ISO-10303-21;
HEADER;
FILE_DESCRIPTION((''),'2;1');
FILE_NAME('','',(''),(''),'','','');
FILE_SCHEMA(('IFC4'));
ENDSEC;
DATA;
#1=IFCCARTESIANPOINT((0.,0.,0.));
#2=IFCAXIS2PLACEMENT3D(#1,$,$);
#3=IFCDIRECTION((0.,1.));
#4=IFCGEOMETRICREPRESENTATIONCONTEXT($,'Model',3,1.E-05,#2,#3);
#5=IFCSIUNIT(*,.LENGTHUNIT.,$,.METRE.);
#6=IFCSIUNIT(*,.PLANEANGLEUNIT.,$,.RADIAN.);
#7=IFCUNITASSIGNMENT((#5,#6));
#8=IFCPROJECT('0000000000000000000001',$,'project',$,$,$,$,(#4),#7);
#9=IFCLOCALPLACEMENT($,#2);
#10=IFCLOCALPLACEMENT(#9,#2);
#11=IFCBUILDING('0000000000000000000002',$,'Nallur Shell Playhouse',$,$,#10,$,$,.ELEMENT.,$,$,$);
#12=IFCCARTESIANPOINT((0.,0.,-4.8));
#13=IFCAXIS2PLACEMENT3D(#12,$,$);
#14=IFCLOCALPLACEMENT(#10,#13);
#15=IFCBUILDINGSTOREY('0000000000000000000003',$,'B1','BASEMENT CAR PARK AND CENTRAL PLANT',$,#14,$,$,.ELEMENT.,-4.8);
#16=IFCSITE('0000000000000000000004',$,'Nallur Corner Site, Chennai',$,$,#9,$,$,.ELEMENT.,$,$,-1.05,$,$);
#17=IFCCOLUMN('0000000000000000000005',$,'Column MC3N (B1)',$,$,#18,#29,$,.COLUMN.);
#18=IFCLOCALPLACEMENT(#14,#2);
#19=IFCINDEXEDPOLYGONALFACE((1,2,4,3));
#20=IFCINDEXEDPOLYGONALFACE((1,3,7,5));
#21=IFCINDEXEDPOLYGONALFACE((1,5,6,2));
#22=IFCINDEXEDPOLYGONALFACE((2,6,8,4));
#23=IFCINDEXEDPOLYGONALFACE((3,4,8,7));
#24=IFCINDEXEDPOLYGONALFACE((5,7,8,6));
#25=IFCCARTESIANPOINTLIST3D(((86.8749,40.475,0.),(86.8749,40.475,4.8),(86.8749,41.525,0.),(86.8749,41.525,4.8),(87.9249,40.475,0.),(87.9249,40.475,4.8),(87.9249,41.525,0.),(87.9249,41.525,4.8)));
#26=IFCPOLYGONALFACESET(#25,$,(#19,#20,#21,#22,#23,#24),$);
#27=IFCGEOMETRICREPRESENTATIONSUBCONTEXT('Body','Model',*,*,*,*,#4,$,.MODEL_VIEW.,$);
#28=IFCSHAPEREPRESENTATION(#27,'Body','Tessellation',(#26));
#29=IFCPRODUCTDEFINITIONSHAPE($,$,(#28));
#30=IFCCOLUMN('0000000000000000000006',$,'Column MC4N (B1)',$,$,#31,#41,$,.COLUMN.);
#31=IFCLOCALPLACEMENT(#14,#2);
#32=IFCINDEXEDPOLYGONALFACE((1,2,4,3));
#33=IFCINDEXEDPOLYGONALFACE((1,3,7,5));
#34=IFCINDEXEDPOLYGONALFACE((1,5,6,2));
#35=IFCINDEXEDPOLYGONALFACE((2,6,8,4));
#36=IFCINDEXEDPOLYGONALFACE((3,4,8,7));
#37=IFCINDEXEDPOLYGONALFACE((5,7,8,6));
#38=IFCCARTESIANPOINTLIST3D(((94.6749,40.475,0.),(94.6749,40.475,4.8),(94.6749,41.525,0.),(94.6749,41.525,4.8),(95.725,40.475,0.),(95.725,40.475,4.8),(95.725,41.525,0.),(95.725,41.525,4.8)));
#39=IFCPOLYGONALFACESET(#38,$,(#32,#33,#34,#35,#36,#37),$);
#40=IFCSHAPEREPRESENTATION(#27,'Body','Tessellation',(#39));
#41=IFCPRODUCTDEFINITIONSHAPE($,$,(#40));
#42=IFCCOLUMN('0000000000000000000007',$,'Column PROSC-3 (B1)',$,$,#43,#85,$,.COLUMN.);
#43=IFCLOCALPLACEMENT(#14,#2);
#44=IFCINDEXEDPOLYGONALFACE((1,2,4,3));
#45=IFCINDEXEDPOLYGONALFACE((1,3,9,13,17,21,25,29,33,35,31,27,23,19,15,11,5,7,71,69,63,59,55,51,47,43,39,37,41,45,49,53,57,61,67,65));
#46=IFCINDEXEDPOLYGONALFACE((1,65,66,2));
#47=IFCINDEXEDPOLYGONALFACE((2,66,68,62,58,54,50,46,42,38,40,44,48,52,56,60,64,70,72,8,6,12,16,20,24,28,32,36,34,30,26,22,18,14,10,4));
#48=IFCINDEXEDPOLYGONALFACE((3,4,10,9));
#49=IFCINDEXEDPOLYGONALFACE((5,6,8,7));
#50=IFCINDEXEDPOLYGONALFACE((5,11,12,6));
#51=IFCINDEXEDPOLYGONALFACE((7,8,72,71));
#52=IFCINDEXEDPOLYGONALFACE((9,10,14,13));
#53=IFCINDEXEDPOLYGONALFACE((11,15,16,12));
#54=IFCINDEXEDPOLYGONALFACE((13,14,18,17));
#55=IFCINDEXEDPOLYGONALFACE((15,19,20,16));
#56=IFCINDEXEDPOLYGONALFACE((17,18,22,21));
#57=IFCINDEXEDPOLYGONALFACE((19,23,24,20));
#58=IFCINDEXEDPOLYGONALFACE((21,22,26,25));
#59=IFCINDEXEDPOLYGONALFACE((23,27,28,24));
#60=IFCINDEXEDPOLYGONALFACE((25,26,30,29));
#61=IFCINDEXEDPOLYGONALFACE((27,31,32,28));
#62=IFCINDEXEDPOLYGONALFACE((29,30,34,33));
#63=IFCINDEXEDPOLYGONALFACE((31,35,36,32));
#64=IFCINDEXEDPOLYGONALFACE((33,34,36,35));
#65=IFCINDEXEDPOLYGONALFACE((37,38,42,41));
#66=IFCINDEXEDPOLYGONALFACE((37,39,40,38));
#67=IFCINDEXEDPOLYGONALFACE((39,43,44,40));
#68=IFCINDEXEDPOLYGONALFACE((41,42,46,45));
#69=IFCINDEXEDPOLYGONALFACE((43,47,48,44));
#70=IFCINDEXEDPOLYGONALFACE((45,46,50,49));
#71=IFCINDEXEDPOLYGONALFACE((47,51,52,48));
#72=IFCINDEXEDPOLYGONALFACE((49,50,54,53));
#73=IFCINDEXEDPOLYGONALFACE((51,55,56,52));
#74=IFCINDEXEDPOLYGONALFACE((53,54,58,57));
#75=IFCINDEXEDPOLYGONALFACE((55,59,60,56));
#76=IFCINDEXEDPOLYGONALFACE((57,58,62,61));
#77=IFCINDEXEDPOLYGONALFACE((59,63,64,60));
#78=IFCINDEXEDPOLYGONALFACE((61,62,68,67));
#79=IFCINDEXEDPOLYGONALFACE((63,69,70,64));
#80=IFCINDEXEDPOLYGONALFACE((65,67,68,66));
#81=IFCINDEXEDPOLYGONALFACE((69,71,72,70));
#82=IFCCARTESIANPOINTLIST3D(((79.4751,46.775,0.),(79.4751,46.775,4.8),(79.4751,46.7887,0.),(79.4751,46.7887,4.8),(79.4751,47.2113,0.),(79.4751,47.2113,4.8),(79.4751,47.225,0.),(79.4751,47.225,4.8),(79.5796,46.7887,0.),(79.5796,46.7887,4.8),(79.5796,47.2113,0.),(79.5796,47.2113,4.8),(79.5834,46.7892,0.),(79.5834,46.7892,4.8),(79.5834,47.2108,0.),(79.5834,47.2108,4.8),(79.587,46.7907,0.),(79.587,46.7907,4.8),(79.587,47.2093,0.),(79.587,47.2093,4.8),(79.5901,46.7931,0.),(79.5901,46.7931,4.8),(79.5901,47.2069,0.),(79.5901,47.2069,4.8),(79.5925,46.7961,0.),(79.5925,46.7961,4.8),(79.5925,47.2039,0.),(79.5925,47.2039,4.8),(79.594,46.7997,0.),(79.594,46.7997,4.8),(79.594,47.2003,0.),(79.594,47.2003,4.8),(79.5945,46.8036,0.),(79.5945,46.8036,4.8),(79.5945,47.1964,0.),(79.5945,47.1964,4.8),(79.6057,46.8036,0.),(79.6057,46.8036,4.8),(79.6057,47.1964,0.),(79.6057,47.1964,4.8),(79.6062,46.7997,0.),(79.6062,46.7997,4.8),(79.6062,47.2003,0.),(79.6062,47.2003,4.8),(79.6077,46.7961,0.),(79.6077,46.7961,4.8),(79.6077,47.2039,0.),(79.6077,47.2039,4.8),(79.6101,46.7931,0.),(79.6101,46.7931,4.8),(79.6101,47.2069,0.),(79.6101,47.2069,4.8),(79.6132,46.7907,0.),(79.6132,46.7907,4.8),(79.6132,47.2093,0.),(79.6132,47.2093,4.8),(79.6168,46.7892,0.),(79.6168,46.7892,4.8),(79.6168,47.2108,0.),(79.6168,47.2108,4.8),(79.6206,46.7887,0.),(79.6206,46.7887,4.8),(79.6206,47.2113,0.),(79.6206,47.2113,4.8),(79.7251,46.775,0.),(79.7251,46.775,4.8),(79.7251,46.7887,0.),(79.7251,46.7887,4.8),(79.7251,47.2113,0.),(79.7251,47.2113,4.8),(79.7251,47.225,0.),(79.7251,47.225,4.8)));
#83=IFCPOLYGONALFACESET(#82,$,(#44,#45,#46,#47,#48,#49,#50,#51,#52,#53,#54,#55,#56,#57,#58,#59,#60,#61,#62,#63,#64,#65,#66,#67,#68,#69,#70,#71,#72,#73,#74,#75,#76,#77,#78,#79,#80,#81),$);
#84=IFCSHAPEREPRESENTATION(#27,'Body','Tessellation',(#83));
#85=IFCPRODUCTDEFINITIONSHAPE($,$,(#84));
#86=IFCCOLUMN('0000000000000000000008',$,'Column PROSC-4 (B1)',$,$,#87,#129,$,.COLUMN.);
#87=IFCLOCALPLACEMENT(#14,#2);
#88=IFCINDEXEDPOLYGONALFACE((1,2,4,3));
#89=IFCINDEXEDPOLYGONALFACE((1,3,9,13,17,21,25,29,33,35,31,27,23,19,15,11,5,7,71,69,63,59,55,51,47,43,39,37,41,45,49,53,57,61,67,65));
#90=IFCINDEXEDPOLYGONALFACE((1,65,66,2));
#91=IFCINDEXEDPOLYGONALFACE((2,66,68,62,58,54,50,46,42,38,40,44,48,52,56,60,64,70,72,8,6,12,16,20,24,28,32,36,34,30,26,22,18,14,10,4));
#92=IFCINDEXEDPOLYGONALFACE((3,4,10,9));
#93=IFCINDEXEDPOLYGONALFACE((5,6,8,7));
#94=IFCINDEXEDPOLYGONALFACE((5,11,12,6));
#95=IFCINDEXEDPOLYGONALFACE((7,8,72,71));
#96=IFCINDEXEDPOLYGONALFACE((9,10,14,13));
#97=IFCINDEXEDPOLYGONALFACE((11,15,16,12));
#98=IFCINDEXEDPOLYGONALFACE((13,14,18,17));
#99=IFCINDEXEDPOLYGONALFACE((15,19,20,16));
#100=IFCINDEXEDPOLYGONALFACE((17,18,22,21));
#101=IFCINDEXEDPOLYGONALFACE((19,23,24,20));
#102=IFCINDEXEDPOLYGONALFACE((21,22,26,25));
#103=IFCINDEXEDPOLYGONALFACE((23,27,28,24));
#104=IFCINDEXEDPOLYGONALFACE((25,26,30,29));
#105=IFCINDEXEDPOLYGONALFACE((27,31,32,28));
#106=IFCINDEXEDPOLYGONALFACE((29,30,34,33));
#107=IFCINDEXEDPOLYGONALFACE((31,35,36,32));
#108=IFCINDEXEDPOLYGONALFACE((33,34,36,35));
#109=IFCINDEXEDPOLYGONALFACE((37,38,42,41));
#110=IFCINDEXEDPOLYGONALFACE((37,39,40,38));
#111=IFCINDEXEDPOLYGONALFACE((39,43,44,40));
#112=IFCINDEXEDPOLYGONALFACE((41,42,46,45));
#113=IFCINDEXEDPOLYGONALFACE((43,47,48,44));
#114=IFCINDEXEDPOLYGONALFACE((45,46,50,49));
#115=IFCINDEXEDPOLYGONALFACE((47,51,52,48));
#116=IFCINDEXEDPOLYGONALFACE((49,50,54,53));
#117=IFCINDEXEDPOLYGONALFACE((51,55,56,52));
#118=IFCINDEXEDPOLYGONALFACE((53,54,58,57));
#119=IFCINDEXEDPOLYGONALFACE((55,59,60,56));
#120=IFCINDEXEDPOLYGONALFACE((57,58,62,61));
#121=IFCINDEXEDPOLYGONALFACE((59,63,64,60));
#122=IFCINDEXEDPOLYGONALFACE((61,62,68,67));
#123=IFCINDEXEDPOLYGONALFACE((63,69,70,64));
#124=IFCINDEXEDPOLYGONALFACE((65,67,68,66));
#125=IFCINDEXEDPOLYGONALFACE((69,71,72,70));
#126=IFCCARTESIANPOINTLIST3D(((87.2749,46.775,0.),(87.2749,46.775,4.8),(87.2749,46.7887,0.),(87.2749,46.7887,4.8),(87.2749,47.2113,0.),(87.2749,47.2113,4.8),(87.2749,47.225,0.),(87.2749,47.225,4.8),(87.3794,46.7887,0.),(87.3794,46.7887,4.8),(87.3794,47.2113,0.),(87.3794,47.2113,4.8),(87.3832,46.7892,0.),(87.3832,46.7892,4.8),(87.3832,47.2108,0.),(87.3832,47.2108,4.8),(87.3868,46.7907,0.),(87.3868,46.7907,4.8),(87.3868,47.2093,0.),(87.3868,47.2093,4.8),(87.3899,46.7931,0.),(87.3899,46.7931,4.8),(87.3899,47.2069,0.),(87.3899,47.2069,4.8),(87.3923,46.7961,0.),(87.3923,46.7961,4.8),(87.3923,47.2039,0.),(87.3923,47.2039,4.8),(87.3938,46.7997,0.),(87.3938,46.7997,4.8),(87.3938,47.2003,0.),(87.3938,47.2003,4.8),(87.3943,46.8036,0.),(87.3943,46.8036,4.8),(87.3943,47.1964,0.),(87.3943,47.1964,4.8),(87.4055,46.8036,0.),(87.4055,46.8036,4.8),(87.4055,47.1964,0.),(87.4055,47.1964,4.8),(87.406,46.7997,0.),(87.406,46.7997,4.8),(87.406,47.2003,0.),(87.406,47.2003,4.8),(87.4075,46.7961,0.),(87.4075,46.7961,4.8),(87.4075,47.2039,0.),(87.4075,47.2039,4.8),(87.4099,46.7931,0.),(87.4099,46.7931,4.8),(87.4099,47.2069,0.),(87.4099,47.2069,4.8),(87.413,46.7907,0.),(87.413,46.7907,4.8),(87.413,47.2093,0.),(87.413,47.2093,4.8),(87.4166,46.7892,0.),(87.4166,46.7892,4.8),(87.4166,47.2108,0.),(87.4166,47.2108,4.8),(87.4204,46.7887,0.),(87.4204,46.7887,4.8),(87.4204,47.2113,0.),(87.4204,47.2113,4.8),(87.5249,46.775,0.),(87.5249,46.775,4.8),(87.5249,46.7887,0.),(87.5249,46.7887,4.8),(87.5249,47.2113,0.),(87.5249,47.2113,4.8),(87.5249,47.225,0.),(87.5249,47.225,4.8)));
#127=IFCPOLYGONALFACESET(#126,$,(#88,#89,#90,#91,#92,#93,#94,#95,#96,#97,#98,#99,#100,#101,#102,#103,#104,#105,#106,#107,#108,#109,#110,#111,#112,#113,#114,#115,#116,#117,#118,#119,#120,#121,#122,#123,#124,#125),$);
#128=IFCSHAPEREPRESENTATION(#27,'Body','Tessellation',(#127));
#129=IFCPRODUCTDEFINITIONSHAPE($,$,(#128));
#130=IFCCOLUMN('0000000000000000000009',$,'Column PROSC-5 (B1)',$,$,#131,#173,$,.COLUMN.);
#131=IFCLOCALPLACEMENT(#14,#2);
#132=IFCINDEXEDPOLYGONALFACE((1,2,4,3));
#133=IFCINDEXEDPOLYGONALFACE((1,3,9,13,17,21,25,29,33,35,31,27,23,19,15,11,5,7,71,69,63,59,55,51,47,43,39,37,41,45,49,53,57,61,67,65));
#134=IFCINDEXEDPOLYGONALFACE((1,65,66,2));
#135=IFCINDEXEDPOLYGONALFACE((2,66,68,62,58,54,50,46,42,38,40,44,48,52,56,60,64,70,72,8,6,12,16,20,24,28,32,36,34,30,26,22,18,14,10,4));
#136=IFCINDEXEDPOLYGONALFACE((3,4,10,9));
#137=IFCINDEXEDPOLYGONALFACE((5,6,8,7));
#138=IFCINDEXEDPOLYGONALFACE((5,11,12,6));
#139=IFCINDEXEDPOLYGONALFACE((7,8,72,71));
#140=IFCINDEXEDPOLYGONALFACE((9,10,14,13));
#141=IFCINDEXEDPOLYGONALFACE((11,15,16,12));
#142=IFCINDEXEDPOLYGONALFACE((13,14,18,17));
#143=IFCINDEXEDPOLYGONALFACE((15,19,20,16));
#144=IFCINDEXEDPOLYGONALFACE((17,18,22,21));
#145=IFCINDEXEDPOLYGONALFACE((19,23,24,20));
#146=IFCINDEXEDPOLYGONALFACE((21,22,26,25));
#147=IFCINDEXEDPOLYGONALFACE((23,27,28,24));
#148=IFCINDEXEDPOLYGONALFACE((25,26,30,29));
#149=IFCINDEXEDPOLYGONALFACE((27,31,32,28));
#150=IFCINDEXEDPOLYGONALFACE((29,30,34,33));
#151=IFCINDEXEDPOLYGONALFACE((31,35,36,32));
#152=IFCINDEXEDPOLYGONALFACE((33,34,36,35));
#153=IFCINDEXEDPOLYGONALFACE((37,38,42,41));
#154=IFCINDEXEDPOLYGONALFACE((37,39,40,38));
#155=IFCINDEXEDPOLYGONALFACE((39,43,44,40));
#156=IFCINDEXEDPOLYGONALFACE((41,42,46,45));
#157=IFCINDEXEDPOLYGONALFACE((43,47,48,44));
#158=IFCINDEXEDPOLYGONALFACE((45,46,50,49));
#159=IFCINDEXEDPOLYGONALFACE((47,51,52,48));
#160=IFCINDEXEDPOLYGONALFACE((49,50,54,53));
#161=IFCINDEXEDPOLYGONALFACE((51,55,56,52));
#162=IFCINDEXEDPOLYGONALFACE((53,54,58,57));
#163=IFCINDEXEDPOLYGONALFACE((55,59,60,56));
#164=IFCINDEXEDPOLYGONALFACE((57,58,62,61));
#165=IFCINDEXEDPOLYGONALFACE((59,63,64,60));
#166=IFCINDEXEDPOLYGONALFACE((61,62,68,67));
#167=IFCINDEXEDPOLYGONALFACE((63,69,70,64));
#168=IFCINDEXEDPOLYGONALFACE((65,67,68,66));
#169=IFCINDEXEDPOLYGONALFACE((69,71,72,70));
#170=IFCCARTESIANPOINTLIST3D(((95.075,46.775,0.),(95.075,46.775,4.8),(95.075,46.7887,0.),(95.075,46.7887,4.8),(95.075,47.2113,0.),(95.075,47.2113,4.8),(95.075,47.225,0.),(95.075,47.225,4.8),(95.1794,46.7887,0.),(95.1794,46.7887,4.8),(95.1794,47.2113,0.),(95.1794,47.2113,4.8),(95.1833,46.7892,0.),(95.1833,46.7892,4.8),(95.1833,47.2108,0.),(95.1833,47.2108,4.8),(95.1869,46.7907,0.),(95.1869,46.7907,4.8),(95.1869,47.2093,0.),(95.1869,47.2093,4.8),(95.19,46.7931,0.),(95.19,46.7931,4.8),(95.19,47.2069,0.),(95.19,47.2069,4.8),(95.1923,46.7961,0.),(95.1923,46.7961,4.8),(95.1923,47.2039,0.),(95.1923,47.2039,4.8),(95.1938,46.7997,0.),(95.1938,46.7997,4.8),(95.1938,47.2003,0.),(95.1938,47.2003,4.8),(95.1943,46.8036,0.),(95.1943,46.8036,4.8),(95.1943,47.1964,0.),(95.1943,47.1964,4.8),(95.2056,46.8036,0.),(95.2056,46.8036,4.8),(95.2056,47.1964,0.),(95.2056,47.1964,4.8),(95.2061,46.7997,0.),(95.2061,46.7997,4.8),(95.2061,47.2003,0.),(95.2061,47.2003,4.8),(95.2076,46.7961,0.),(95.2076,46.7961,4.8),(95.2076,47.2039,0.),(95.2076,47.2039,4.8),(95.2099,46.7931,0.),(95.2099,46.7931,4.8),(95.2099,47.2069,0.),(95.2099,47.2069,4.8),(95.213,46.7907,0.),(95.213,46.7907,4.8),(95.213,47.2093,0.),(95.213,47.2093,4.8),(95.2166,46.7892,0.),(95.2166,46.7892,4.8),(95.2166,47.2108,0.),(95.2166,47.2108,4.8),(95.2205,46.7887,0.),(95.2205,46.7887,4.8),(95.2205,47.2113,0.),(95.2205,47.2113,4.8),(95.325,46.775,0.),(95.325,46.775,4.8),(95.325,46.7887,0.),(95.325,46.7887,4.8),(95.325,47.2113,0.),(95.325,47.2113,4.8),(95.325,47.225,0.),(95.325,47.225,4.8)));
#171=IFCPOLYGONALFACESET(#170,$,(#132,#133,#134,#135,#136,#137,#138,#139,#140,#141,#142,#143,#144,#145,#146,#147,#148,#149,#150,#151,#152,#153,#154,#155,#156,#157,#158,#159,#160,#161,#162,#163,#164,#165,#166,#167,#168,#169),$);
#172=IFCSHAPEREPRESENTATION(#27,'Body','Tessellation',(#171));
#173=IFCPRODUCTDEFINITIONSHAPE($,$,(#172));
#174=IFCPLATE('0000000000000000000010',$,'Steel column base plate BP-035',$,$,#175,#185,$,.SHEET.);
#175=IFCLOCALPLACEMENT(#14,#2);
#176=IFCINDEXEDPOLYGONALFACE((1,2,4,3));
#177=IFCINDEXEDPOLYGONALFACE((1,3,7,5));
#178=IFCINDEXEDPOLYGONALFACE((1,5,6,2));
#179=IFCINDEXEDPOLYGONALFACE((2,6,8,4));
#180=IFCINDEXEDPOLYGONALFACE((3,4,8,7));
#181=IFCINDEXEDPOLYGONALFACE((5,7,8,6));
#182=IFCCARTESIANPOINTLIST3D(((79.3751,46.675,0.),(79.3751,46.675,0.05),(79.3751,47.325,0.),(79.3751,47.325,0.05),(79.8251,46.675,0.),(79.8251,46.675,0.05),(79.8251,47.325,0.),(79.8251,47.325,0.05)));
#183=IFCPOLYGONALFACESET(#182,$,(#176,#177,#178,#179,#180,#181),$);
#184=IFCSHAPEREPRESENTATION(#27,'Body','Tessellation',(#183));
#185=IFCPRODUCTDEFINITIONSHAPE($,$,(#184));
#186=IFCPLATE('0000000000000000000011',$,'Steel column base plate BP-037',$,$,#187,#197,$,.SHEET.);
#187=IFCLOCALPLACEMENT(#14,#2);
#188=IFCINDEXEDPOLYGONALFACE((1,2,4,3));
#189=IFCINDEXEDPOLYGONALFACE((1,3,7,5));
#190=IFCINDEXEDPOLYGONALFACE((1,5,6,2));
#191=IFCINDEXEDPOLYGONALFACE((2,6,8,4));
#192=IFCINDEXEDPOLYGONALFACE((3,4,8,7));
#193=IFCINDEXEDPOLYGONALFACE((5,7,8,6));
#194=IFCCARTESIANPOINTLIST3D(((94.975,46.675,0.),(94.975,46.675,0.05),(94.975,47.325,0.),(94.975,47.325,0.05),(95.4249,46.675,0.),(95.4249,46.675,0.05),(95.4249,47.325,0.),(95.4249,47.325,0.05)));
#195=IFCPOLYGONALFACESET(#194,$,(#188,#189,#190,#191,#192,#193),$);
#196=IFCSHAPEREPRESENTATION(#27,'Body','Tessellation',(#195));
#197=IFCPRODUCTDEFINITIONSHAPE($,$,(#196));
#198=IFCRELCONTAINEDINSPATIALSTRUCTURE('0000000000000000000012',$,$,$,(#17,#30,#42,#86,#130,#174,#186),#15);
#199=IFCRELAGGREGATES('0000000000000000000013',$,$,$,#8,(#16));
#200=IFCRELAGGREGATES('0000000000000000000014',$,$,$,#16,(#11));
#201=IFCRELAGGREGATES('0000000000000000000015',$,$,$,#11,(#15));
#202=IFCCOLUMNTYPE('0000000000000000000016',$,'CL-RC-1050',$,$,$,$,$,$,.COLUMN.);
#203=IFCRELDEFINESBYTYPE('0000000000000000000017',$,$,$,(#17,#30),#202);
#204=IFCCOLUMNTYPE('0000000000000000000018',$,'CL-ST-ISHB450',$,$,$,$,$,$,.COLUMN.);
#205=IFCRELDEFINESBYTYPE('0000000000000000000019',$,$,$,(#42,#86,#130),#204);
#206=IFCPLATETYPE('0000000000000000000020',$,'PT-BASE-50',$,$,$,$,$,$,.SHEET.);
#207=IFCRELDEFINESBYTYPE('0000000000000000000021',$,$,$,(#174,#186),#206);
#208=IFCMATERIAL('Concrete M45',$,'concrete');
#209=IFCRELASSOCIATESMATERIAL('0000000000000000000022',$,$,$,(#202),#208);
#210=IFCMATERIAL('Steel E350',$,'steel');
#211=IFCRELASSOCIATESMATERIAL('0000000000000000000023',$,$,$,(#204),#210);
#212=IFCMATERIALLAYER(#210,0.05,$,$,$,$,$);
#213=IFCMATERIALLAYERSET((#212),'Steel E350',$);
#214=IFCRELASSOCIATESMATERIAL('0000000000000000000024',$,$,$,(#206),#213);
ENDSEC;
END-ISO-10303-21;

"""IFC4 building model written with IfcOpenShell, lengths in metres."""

from ifc_helpers import new_model, si_unit, direction, frame, origin, origin_2d, place, context, subcontext, project, spatial, rectangle, i_section, extrude, material, layer, layer_set, material_profile, profile_set, type_object, element, save


model = new_model("IFC4")

# Units and contexts
model_context = context("Model", 3, precision=1e-05, world=origin(), true_north=direction((0.0, 1.0)))
body_context = subcontext(model_context, "Body", "Model", "MODEL_VIEW")
ifc_project = project(units=[si_unit("LENGTHUNIT", "METRE"), si_unit("PLANEANGLEUNIT", "RADIAN")], contexts=[model_context])

# Site, building, storey
site_placement = place(None, origin())
site = spatial("IfcSite", under=ifc_project, at=site_placement, Name="Nallur Corner Site, Chennai", CompositionType="ELEMENT", RefElevation=-1.05)
building_placement = place(site_placement, origin())
building = spatial("IfcBuilding", under=site, at=building_placement, Name="Nallur Shell Playhouse", CompositionType="ELEMENT")
storey_placement = place(building_placement, frame((0.0, 0.0, -4.8)))
storey = spatial("IfcBuildingStorey", under=building, at=storey_placement, Name="B1", Description="BASEMENT CAR PARK AND CENTRAL PLANT", CompositionType="ELEMENT", Elevation=-4.8)

# Columns
ifc_material_1 = material(Name="Concrete M45", Category="concrete")
ifc_material_profile_1 = material_profile(ifc_material_1, rectangle(XDim=1.05, YDim=1.05, at=origin_2d()), Name="RC 1050x1050")
ifc_profile_set_1 = profile_set([ifc_material_profile_1], Name="Concrete M45")
column_type_1 = type_object("IfcColumnType", Name="CL-RC-1050", PredefinedType="COLUMN", material=ifc_profile_set_1)
for number, where, z_axis, x_axis, name in (
    (1, (87.3999, 41.0, 0.0), (0.0, 0.0, 1.0), (1.0, 0.0, 0.0), "Column MC3N (B1)"),
    (2, (95.2, 41.0, 0.0), (0.0, 0.0, 1.0), (1.0, 0.0, 0.0), "Column MC4N (B1)"),
):
    element("IfcColumn", number, at=place(storey_placement, frame(where, z_axis=z_axis, x_axis=x_axis)), inside=storey, type_object=column_type_1, Name=name, PredefinedType="COLUMN", context=body_context, shape_type="SweptSolid", body=[
        extrude(rectangle(XDim=1.05, YDim=1.05, at=origin_2d()), origin(), (0.0, 0.0, 1.0), 4.8),
    ])
ifc_material_2 = material(Name="Steel E350", Category="steel")
ifc_material_profile_2 = material_profile(ifc_material_2, i_section(OverallWidth=0.25, OverallDepth=0.45, WebThickness=0.0112, FlangeThickness=0.0137, FilletRadius=0.0149, at=origin_2d()), Name="ISHB 450")
ifc_profile_set_2 = profile_set([ifc_material_profile_2], Name="Steel E350")
column_type_2 = type_object("IfcColumnType", Name="CL-ST-ISHB450", PredefinedType="COLUMN", material=ifc_profile_set_2)
for number, where, z_axis, x_axis, name in (
    (3, (79.6001, 47.0, 0.0), (0.0, 0.0, 1.0), (1.0, 0.0, 0.0), "Column PROSC-3 (B1)"),
    (4, (87.3999, 47.0, 0.0), (0.0, 0.0, 1.0), (1.0, 0.0, 0.0), "Column PROSC-4 (B1)"),
    (5, (95.2, 47.0, 0.0), (0.0, 0.0, 1.0), (1.0, 0.0, 0.0), "Column PROSC-5 (B1)"),
):
    element("IfcColumn", number, at=place(storey_placement, frame(where, z_axis=z_axis, x_axis=x_axis)), inside=storey, type_object=column_type_2, Name=name, PredefinedType="COLUMN", context=body_context, shape_type="SweptSolid", body=[
        extrude(i_section(OverallWidth=0.25, OverallDepth=0.45, WebThickness=0.0112, FlangeThickness=0.0137, FilletRadius=0.0149, at=origin_2d()), origin(), (0.0, 0.0, 1.0), 4.8),
    ])

# Plates
ifc_layer_1 = layer(ifc_material_2, 0.05)
ifc_layer_set_1 = layer_set([ifc_layer_1], Name="Steel E350")
plate_type_1 = type_object("IfcPlateType", Name="PT-BASE-50", PredefinedType="SHEET", material=ifc_layer_set_1)
for number, where, z_axis, x_axis, name in (
    (6, (79.6001, 47.0, 0.0), (0.0, 0.0, 1.0), (1.0, 0.0, 0.0), "Steel column base plate BP-035"),
    (7, (95.2, 47.0, 0.0), (0.0, 0.0, 1.0), (1.0, 0.0, 0.0), "Steel column base plate BP-037"),
):
    element("IfcPlate", number, at=place(storey_placement, frame(where, z_axis=z_axis, x_axis=x_axis)), inside=storey, type_object=plate_type_1, Name=name, PredefinedType="SHEET", context=body_context, shape_type="SweptSolid", body=[
        extrude(rectangle(XDim=0.45, YDim=0.6499, at=origin_2d()), origin(), (0.0, 0.0, 1.0), 0.05),
    ])

save(model, "model.ifc")
